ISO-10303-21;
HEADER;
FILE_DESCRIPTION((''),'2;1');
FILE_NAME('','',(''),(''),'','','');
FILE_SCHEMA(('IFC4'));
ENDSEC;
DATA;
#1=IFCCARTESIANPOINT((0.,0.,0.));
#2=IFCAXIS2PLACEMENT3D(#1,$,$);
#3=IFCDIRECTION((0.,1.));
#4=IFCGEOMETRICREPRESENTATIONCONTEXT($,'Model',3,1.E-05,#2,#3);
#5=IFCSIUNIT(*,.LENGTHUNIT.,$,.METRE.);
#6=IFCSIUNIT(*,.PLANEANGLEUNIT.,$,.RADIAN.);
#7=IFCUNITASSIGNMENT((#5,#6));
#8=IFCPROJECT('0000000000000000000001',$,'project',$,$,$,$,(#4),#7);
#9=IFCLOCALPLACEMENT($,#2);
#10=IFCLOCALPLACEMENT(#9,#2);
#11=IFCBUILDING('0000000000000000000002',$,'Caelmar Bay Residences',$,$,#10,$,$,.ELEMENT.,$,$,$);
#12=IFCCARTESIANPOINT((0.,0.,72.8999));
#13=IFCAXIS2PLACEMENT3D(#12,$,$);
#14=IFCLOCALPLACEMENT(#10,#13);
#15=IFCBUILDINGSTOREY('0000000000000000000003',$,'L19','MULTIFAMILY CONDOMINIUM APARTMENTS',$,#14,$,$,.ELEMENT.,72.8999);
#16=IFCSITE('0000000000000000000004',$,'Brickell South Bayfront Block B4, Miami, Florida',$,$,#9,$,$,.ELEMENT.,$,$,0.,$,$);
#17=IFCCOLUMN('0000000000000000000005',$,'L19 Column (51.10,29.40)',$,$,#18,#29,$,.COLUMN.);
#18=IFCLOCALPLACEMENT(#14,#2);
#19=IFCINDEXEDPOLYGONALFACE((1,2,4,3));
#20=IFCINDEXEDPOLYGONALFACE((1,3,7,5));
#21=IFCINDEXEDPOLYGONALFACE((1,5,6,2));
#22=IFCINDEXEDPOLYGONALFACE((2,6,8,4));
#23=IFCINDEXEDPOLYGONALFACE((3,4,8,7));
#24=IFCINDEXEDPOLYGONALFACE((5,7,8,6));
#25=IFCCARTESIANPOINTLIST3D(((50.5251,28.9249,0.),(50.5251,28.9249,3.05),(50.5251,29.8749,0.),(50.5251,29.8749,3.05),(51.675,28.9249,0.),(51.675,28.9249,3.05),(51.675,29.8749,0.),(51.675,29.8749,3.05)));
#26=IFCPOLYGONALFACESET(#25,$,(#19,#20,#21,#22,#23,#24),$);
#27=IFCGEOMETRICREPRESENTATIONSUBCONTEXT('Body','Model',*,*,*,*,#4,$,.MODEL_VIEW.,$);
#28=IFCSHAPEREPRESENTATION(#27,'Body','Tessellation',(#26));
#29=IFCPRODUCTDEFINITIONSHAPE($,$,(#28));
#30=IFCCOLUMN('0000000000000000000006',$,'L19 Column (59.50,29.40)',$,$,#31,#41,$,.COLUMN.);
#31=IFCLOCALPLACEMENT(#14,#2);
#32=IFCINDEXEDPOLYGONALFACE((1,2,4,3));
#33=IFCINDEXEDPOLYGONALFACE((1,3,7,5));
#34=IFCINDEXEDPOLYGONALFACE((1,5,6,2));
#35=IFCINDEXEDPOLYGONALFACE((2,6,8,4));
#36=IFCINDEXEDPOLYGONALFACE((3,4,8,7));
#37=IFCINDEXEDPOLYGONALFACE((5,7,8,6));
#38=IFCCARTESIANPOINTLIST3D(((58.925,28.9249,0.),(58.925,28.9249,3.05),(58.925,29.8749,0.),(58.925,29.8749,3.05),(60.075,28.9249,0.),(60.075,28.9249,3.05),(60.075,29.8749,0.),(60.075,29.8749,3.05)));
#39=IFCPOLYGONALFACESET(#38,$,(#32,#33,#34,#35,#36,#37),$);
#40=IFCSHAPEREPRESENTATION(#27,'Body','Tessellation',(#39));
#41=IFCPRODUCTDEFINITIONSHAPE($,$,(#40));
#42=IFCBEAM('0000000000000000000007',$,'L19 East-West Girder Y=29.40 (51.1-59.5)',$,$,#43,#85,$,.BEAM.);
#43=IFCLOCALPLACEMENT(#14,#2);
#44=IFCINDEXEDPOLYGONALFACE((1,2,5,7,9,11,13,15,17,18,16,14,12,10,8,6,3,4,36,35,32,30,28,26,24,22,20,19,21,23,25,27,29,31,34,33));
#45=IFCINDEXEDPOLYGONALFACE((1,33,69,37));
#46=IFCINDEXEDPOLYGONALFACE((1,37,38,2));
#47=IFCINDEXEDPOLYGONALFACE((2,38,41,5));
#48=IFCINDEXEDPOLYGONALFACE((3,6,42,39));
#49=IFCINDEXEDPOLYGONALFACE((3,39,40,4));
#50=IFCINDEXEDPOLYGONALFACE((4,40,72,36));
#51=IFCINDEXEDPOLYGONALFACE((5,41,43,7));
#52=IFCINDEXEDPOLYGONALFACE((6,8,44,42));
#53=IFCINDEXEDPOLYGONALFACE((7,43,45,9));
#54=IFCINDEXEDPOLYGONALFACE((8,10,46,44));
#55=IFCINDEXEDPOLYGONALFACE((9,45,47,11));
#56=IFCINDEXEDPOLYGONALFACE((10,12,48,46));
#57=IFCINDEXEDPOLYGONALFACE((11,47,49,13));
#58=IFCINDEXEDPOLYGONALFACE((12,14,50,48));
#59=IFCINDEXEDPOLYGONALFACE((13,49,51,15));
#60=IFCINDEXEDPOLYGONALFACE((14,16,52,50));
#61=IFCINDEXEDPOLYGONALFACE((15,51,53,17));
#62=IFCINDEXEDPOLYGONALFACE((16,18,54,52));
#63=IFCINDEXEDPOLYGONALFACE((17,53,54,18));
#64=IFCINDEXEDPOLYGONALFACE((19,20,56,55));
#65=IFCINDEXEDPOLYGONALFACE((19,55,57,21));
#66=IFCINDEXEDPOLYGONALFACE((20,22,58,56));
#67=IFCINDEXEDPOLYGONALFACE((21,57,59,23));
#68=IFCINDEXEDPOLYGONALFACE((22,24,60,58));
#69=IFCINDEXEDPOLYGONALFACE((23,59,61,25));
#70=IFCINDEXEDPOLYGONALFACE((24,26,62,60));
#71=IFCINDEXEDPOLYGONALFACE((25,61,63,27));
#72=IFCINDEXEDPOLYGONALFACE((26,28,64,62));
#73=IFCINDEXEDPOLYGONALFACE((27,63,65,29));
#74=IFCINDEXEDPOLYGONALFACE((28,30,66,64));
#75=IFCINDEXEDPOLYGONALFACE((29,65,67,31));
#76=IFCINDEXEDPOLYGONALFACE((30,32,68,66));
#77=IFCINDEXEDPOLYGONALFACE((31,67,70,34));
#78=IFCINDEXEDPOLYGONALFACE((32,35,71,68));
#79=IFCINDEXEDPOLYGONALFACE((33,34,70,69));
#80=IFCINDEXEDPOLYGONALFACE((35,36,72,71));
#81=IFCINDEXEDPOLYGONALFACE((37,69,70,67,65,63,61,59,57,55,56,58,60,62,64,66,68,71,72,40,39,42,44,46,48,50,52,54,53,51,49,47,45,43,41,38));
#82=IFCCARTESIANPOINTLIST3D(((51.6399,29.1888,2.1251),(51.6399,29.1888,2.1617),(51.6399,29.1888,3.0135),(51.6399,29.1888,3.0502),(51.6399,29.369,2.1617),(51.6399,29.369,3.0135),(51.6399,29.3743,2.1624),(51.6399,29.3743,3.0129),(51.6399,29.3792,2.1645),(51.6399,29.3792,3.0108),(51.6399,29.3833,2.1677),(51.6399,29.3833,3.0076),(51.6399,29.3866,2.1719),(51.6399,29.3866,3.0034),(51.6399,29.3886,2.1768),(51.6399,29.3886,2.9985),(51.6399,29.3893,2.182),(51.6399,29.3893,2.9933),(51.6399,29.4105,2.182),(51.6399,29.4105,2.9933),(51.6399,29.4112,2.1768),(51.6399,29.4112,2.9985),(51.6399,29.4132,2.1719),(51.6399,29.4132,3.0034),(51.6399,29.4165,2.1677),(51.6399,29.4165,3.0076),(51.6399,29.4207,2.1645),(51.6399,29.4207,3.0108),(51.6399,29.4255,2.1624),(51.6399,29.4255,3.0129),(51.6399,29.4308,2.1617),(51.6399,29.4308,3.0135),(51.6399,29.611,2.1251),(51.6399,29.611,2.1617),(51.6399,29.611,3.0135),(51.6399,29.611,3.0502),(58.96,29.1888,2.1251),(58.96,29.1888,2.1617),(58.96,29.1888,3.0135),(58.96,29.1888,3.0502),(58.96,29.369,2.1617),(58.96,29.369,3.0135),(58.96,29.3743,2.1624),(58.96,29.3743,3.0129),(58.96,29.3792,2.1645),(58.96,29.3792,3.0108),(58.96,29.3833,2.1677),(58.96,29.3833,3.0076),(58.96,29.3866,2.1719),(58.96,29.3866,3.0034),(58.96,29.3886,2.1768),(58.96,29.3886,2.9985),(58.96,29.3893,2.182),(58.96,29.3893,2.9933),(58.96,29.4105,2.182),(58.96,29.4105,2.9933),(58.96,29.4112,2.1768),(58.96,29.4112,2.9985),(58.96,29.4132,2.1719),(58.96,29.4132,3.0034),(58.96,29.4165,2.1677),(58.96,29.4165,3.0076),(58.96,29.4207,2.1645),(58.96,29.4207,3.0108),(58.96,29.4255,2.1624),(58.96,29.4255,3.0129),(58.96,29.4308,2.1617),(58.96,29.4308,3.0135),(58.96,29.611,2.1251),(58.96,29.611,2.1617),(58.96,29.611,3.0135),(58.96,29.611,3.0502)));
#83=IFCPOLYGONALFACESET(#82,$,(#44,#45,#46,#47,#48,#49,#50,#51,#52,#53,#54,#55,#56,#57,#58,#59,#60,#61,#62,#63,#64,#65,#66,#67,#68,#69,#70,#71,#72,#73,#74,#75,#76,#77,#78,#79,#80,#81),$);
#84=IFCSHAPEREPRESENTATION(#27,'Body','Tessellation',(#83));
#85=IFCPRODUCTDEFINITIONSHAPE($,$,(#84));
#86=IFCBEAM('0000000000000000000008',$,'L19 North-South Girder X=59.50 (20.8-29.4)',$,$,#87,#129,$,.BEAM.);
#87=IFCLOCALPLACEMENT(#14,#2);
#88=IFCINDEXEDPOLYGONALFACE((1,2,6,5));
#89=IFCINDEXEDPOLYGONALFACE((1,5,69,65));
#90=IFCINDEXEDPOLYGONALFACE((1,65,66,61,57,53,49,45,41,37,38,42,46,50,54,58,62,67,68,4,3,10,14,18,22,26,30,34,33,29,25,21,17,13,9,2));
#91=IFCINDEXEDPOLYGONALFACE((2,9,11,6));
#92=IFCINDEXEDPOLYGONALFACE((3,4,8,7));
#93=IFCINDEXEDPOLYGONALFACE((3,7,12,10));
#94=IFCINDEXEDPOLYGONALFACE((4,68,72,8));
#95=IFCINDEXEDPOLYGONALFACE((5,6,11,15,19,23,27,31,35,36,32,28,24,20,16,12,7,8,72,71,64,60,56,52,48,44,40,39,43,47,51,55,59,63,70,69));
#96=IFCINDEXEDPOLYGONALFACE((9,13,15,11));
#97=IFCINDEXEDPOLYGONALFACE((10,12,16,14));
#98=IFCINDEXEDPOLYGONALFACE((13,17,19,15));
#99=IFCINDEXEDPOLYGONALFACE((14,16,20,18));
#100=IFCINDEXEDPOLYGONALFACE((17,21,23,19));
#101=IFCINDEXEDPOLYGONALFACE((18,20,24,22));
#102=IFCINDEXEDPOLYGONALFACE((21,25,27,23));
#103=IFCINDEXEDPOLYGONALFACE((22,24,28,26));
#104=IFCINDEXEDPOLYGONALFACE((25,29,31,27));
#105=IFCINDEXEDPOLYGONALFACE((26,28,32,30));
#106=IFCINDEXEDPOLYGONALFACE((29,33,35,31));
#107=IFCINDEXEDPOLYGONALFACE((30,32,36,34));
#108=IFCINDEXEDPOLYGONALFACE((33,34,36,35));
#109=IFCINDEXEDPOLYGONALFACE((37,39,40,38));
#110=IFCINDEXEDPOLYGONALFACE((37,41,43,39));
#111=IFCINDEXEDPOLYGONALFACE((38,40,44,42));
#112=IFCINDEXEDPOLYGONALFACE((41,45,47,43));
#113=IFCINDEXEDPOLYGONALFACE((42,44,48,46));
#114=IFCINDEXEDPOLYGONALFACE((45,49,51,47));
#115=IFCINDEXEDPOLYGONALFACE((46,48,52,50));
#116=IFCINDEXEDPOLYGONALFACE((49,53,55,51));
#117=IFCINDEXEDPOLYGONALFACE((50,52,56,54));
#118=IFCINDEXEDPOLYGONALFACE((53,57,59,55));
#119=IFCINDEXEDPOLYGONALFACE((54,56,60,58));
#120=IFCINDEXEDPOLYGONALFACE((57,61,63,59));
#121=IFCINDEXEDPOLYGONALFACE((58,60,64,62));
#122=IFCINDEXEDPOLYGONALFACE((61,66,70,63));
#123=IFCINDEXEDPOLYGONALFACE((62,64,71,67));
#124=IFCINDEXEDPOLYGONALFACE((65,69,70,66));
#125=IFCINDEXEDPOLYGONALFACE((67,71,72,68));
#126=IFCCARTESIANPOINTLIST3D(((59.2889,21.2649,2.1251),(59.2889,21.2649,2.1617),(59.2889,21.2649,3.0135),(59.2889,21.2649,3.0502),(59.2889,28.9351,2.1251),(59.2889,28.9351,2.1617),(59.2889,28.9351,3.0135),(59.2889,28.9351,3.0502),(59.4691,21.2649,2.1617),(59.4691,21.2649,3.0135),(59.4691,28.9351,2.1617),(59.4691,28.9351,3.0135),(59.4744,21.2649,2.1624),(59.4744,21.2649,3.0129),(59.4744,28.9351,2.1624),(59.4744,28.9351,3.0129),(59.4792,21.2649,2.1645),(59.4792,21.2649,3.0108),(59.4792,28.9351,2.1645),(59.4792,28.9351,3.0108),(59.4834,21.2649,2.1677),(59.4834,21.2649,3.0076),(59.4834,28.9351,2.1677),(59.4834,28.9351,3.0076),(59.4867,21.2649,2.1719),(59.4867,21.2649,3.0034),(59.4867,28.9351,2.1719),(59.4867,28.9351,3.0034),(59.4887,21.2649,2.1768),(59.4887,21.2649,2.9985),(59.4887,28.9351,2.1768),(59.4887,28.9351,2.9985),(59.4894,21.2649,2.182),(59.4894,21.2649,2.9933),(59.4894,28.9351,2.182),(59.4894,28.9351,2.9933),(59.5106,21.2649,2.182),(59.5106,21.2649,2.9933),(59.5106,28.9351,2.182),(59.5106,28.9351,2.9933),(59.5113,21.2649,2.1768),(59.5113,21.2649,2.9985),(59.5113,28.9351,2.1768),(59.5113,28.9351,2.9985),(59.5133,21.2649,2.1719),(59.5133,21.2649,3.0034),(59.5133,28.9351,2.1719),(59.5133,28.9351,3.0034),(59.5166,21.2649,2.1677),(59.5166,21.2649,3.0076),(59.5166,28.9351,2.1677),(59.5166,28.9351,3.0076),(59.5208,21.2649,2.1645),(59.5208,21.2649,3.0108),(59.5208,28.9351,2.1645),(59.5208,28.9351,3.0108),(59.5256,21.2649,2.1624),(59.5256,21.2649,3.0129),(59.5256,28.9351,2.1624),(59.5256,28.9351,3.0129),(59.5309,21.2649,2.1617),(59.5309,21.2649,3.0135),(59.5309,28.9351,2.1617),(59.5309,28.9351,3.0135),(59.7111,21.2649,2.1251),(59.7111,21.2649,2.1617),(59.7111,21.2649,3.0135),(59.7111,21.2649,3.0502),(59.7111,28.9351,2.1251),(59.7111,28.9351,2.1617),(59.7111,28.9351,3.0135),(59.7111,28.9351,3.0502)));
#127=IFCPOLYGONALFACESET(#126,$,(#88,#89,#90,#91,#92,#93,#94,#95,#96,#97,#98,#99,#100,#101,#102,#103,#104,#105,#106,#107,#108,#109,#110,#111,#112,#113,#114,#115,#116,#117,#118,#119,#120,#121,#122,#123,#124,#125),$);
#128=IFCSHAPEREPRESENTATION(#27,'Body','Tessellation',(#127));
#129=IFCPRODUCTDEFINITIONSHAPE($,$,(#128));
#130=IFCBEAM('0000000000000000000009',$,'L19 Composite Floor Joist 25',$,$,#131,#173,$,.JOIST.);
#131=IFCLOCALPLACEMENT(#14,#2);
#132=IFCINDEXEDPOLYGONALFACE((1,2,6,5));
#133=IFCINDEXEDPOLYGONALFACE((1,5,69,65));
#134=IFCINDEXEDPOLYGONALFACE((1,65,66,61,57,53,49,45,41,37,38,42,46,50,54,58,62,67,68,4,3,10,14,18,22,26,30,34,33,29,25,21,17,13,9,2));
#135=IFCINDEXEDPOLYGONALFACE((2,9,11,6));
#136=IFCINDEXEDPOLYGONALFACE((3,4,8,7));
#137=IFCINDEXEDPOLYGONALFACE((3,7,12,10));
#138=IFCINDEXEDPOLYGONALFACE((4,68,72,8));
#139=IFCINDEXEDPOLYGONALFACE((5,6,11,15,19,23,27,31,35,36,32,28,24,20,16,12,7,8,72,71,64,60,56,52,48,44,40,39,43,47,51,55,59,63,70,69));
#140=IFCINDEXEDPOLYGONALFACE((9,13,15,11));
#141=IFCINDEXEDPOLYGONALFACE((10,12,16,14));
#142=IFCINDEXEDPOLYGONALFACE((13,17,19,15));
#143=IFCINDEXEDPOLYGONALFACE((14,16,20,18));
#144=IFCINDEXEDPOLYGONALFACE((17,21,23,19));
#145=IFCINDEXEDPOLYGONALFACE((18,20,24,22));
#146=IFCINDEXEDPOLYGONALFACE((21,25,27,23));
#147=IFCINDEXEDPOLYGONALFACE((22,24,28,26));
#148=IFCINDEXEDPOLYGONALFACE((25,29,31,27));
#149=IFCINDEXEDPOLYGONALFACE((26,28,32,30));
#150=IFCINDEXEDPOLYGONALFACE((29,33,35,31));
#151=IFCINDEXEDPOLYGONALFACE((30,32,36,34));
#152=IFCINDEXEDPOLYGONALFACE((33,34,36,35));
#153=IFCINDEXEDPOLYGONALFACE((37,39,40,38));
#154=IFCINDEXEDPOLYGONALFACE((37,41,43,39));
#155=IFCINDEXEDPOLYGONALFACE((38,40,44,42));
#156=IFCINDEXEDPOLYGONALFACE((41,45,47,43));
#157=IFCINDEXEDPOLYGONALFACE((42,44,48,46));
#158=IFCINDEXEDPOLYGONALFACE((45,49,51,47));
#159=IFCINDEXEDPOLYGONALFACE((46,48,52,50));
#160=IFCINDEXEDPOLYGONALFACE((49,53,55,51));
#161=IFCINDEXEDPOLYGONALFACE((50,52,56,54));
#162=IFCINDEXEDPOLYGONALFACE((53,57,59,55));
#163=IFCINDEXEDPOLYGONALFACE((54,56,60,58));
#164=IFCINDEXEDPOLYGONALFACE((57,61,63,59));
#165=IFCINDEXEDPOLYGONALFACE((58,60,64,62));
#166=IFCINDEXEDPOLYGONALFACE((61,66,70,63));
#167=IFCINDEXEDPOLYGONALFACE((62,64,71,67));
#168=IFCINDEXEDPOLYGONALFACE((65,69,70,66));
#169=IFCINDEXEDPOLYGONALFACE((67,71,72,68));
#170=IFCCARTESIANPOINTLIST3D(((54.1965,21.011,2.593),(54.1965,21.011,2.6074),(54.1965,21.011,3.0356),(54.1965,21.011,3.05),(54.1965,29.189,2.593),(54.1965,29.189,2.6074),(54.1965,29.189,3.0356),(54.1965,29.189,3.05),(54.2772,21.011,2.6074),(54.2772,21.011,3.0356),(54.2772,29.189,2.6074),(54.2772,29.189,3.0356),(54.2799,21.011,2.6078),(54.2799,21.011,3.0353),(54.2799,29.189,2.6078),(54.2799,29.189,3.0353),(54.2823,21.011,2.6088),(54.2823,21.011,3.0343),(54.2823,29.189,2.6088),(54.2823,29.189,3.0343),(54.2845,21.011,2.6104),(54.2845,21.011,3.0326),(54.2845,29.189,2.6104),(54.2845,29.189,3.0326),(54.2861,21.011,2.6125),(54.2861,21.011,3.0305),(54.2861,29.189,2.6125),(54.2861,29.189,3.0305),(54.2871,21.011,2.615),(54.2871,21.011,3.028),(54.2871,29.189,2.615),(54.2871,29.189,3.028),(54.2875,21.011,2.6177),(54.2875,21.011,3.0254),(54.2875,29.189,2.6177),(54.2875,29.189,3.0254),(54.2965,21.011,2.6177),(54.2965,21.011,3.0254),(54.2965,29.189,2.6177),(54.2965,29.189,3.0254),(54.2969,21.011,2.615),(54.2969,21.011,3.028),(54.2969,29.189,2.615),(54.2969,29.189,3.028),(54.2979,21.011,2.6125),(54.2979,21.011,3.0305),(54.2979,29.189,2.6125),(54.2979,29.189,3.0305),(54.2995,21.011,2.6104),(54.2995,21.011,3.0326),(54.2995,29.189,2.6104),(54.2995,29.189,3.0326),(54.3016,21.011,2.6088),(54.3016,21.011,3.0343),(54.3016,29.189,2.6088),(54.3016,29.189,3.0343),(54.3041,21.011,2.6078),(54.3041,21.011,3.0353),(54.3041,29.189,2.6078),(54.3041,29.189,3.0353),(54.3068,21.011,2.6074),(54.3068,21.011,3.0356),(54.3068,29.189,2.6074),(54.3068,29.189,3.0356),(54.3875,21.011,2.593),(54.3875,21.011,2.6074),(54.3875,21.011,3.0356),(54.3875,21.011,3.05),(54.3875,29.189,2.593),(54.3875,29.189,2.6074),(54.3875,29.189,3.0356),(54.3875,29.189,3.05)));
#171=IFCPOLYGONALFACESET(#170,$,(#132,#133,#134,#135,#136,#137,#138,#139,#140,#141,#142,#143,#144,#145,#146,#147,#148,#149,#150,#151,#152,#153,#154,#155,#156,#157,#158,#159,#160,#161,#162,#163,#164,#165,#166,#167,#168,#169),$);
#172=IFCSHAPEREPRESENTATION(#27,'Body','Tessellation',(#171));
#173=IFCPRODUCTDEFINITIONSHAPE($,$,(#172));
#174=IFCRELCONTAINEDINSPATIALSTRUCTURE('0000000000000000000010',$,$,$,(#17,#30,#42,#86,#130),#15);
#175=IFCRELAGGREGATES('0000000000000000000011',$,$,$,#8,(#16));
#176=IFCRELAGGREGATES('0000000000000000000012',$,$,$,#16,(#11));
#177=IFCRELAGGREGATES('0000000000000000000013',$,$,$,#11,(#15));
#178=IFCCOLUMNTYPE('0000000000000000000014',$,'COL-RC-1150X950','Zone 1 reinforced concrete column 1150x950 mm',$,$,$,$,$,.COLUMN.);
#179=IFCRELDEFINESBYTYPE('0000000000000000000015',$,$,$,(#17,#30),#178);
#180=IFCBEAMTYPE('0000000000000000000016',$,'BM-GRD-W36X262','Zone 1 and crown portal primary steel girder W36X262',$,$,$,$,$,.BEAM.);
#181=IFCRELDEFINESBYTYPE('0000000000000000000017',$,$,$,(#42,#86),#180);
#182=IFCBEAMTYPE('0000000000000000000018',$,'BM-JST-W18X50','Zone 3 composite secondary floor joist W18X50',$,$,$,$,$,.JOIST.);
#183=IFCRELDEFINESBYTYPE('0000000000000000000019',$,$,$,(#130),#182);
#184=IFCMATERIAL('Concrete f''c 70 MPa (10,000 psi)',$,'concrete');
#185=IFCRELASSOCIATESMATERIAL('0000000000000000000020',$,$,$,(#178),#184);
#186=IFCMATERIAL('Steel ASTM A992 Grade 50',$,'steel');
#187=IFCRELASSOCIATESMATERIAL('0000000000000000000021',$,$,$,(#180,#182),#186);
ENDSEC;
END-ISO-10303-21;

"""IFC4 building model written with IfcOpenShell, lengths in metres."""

from ifc_helpers import new_model, si_unit, direction, frame, origin, origin_2d, place, context, subcontext, project, spatial, rectangle, i_section, extrude, material, material_profile, profile_set, type_object, element, save


model = new_model("IFC4")

# Units and contexts
model_context = context("Model", 3, precision=1e-05, world=origin(), true_north=direction((0.0, 1.0)))
body_context = subcontext(model_context, "Body", "Model", "MODEL_VIEW")
ifc_project = project(units=[si_unit("LENGTHUNIT", "METRE"), si_unit("PLANEANGLEUNIT", "RADIAN")], contexts=[model_context])

# Site, building, storey
site_placement = place(None, origin())
site = spatial("IfcSite", under=ifc_project, at=site_placement, Name="Brickell South Bayfront Block B4, Miami, Florida", CompositionType="ELEMENT", RefElevation=0.0)
building_placement = place(site_placement, origin())
building = spatial("IfcBuilding", under=site, at=building_placement, Name="Caelmar Bay Residences", CompositionType="ELEMENT")
storey_placement = place(building_placement, frame((0.0, 0.0, 72.8999)))
storey = spatial("IfcBuildingStorey", under=building, at=storey_placement, Name="L19", Description="MULTIFAMILY CONDOMINIUM APARTMENTS", CompositionType="ELEMENT", Elevation=72.8999)

# Columns
ifc_material_1 = material(Name="Concrete f'c 70 MPa (10,000 psi)", Category="concrete")
ifc_material_profile_1 = material_profile(ifc_material_1, rectangle(XDim=1.1499, YDim=0.95, at=origin_2d()), Name="RC-COL-1150X950")
ifc_profile_set_1 = profile_set([ifc_material_profile_1], Name="Concrete f'c 70 MPa (10,000 psi)")
column_type = type_object("IfcColumnType", Name="COL-RC-1150X950", Description="Zone 1 reinforced concrete column 1150x950 mm", PredefinedType="COLUMN", material=ifc_profile_set_1)
for number, where, z_axis, x_axis, name in (
    (1, (51.1001, 29.3999, 0.0), (0.0, 0.0, 1.0), (1.0, 0.0, 0.0), "L19 Column (51.10,29.40)"),
    (2, (59.5, 29.3999, 0.0), (0.0, 0.0, 1.0), (1.0, 0.0, 0.0), "L19 Column (59.50,29.40)"),
):
    element("IfcColumn", number, at=place(storey_placement, frame(where, z_axis=z_axis, x_axis=x_axis)), inside=storey, type_object=column_type, Name=name, PredefinedType="COLUMN", context=body_context, shape_type="SweptSolid", body=[
        extrude(rectangle(XDim=1.1499, YDim=0.95, at=origin_2d()), origin(), (0.0, 0.0, 1.0), 3.05),
    ])

# Beams
ifc_material_2 = material(Name="Steel ASTM A992 Grade 50", Category="steel")
ifc_material_profile_2 = material_profile(ifc_material_2, i_section(OverallWidth=0.4221, OverallDepth=0.925, WebThickness=0.0212, FlangeThickness=0.0366, FilletRadius=0.0203, at=origin_2d()), Name="W36X262")
ifc_profile_set_2 = profile_set([ifc_material_profile_2], Name="Steel ASTM A992 Grade 50")
beam_type_1 = type_object("IfcBeamType", Name="BM-GRD-W36X262", Description="Zone 1 and crown portal primary steel girder W36X262", PredefinedType="BEAM", material=ifc_profile_set_2)
beam_1_placement = place(storey_placement, frame((51.6399, 29.3999, 2.5876), z_axis=(1.0, 0.0, 0.0), x_axis=(0.0, 1.0, 0.0)))
element("IfcBeam", 3, at=beam_1_placement, inside=storey, type_object=beam_type_1, Name="L19 East-West Girder Y=29.40 (51.1-59.5)", PredefinedType="BEAM", context=body_context, shape_type="SweptSolid", body=[
    extrude(i_section(OverallWidth=0.4221, OverallDepth=0.925, WebThickness=0.0212, FlangeThickness=0.0366, FilletRadius=0.0203, at=origin_2d()), origin(), (0.0, 0.0, 1.0), 7.3201),
])
beam_2_placement = place(storey_placement, frame((59.5, 21.2649, 2.5876), z_axis=(0.0, 1.0, 0.0), x_axis=(-1.0, 0.0, 0.0)))
element("IfcBeam", 4, at=beam_2_placement, inside=storey, type_object=beam_type_1, Name="L19 North-South Girder X=59.50 (20.8-29.4)", PredefinedType="BEAM", context=body_context, shape_type="SweptSolid", body=[
    extrude(i_section(OverallWidth=0.4221, OverallDepth=0.925, WebThickness=0.0212, FlangeThickness=0.0366, FilletRadius=0.0203, at=origin_2d()), origin(), (0.0, 0.0, 1.0), 7.6702),
])
ifc_material_profile_3 = material_profile(ifc_material_2, i_section(OverallWidth=0.1909, OverallDepth=0.457, WebThickness=0.009, FlangeThickness=0.0144, FilletRadius=0.0103, at=origin_2d()), Name="W18X50")
ifc_profile_set_3 = profile_set([ifc_material_profile_3], Name="Steel ASTM A992 Grade 50")
beam_type_2 = type_object("IfcBeamType", Name="BM-JST-W18X50", Description="Zone 3 composite secondary floor joist W18X50", PredefinedType="JOIST", material=ifc_profile_set_3)
beam_3_placement = place(storey_placement, frame((54.292, 21.011, 2.8215), z_axis=(0.0, 1.0, 0.0), x_axis=(-1.0, 0.0, 0.0)))
element("IfcBeam", 5, at=beam_3_placement, inside=storey, type_object=beam_type_2, Name="L19 Composite Floor Joist 25", PredefinedType="JOIST", context=body_context, shape_type="SweptSolid", body=[
    extrude(i_section(OverallWidth=0.1909, OverallDepth=0.457, WebThickness=0.009, FlangeThickness=0.0144, FilletRadius=0.0103, at=origin_2d()), origin(), (0.0, 0.0, 1.0), 8.178),
])

save(model, "model.ifc")
